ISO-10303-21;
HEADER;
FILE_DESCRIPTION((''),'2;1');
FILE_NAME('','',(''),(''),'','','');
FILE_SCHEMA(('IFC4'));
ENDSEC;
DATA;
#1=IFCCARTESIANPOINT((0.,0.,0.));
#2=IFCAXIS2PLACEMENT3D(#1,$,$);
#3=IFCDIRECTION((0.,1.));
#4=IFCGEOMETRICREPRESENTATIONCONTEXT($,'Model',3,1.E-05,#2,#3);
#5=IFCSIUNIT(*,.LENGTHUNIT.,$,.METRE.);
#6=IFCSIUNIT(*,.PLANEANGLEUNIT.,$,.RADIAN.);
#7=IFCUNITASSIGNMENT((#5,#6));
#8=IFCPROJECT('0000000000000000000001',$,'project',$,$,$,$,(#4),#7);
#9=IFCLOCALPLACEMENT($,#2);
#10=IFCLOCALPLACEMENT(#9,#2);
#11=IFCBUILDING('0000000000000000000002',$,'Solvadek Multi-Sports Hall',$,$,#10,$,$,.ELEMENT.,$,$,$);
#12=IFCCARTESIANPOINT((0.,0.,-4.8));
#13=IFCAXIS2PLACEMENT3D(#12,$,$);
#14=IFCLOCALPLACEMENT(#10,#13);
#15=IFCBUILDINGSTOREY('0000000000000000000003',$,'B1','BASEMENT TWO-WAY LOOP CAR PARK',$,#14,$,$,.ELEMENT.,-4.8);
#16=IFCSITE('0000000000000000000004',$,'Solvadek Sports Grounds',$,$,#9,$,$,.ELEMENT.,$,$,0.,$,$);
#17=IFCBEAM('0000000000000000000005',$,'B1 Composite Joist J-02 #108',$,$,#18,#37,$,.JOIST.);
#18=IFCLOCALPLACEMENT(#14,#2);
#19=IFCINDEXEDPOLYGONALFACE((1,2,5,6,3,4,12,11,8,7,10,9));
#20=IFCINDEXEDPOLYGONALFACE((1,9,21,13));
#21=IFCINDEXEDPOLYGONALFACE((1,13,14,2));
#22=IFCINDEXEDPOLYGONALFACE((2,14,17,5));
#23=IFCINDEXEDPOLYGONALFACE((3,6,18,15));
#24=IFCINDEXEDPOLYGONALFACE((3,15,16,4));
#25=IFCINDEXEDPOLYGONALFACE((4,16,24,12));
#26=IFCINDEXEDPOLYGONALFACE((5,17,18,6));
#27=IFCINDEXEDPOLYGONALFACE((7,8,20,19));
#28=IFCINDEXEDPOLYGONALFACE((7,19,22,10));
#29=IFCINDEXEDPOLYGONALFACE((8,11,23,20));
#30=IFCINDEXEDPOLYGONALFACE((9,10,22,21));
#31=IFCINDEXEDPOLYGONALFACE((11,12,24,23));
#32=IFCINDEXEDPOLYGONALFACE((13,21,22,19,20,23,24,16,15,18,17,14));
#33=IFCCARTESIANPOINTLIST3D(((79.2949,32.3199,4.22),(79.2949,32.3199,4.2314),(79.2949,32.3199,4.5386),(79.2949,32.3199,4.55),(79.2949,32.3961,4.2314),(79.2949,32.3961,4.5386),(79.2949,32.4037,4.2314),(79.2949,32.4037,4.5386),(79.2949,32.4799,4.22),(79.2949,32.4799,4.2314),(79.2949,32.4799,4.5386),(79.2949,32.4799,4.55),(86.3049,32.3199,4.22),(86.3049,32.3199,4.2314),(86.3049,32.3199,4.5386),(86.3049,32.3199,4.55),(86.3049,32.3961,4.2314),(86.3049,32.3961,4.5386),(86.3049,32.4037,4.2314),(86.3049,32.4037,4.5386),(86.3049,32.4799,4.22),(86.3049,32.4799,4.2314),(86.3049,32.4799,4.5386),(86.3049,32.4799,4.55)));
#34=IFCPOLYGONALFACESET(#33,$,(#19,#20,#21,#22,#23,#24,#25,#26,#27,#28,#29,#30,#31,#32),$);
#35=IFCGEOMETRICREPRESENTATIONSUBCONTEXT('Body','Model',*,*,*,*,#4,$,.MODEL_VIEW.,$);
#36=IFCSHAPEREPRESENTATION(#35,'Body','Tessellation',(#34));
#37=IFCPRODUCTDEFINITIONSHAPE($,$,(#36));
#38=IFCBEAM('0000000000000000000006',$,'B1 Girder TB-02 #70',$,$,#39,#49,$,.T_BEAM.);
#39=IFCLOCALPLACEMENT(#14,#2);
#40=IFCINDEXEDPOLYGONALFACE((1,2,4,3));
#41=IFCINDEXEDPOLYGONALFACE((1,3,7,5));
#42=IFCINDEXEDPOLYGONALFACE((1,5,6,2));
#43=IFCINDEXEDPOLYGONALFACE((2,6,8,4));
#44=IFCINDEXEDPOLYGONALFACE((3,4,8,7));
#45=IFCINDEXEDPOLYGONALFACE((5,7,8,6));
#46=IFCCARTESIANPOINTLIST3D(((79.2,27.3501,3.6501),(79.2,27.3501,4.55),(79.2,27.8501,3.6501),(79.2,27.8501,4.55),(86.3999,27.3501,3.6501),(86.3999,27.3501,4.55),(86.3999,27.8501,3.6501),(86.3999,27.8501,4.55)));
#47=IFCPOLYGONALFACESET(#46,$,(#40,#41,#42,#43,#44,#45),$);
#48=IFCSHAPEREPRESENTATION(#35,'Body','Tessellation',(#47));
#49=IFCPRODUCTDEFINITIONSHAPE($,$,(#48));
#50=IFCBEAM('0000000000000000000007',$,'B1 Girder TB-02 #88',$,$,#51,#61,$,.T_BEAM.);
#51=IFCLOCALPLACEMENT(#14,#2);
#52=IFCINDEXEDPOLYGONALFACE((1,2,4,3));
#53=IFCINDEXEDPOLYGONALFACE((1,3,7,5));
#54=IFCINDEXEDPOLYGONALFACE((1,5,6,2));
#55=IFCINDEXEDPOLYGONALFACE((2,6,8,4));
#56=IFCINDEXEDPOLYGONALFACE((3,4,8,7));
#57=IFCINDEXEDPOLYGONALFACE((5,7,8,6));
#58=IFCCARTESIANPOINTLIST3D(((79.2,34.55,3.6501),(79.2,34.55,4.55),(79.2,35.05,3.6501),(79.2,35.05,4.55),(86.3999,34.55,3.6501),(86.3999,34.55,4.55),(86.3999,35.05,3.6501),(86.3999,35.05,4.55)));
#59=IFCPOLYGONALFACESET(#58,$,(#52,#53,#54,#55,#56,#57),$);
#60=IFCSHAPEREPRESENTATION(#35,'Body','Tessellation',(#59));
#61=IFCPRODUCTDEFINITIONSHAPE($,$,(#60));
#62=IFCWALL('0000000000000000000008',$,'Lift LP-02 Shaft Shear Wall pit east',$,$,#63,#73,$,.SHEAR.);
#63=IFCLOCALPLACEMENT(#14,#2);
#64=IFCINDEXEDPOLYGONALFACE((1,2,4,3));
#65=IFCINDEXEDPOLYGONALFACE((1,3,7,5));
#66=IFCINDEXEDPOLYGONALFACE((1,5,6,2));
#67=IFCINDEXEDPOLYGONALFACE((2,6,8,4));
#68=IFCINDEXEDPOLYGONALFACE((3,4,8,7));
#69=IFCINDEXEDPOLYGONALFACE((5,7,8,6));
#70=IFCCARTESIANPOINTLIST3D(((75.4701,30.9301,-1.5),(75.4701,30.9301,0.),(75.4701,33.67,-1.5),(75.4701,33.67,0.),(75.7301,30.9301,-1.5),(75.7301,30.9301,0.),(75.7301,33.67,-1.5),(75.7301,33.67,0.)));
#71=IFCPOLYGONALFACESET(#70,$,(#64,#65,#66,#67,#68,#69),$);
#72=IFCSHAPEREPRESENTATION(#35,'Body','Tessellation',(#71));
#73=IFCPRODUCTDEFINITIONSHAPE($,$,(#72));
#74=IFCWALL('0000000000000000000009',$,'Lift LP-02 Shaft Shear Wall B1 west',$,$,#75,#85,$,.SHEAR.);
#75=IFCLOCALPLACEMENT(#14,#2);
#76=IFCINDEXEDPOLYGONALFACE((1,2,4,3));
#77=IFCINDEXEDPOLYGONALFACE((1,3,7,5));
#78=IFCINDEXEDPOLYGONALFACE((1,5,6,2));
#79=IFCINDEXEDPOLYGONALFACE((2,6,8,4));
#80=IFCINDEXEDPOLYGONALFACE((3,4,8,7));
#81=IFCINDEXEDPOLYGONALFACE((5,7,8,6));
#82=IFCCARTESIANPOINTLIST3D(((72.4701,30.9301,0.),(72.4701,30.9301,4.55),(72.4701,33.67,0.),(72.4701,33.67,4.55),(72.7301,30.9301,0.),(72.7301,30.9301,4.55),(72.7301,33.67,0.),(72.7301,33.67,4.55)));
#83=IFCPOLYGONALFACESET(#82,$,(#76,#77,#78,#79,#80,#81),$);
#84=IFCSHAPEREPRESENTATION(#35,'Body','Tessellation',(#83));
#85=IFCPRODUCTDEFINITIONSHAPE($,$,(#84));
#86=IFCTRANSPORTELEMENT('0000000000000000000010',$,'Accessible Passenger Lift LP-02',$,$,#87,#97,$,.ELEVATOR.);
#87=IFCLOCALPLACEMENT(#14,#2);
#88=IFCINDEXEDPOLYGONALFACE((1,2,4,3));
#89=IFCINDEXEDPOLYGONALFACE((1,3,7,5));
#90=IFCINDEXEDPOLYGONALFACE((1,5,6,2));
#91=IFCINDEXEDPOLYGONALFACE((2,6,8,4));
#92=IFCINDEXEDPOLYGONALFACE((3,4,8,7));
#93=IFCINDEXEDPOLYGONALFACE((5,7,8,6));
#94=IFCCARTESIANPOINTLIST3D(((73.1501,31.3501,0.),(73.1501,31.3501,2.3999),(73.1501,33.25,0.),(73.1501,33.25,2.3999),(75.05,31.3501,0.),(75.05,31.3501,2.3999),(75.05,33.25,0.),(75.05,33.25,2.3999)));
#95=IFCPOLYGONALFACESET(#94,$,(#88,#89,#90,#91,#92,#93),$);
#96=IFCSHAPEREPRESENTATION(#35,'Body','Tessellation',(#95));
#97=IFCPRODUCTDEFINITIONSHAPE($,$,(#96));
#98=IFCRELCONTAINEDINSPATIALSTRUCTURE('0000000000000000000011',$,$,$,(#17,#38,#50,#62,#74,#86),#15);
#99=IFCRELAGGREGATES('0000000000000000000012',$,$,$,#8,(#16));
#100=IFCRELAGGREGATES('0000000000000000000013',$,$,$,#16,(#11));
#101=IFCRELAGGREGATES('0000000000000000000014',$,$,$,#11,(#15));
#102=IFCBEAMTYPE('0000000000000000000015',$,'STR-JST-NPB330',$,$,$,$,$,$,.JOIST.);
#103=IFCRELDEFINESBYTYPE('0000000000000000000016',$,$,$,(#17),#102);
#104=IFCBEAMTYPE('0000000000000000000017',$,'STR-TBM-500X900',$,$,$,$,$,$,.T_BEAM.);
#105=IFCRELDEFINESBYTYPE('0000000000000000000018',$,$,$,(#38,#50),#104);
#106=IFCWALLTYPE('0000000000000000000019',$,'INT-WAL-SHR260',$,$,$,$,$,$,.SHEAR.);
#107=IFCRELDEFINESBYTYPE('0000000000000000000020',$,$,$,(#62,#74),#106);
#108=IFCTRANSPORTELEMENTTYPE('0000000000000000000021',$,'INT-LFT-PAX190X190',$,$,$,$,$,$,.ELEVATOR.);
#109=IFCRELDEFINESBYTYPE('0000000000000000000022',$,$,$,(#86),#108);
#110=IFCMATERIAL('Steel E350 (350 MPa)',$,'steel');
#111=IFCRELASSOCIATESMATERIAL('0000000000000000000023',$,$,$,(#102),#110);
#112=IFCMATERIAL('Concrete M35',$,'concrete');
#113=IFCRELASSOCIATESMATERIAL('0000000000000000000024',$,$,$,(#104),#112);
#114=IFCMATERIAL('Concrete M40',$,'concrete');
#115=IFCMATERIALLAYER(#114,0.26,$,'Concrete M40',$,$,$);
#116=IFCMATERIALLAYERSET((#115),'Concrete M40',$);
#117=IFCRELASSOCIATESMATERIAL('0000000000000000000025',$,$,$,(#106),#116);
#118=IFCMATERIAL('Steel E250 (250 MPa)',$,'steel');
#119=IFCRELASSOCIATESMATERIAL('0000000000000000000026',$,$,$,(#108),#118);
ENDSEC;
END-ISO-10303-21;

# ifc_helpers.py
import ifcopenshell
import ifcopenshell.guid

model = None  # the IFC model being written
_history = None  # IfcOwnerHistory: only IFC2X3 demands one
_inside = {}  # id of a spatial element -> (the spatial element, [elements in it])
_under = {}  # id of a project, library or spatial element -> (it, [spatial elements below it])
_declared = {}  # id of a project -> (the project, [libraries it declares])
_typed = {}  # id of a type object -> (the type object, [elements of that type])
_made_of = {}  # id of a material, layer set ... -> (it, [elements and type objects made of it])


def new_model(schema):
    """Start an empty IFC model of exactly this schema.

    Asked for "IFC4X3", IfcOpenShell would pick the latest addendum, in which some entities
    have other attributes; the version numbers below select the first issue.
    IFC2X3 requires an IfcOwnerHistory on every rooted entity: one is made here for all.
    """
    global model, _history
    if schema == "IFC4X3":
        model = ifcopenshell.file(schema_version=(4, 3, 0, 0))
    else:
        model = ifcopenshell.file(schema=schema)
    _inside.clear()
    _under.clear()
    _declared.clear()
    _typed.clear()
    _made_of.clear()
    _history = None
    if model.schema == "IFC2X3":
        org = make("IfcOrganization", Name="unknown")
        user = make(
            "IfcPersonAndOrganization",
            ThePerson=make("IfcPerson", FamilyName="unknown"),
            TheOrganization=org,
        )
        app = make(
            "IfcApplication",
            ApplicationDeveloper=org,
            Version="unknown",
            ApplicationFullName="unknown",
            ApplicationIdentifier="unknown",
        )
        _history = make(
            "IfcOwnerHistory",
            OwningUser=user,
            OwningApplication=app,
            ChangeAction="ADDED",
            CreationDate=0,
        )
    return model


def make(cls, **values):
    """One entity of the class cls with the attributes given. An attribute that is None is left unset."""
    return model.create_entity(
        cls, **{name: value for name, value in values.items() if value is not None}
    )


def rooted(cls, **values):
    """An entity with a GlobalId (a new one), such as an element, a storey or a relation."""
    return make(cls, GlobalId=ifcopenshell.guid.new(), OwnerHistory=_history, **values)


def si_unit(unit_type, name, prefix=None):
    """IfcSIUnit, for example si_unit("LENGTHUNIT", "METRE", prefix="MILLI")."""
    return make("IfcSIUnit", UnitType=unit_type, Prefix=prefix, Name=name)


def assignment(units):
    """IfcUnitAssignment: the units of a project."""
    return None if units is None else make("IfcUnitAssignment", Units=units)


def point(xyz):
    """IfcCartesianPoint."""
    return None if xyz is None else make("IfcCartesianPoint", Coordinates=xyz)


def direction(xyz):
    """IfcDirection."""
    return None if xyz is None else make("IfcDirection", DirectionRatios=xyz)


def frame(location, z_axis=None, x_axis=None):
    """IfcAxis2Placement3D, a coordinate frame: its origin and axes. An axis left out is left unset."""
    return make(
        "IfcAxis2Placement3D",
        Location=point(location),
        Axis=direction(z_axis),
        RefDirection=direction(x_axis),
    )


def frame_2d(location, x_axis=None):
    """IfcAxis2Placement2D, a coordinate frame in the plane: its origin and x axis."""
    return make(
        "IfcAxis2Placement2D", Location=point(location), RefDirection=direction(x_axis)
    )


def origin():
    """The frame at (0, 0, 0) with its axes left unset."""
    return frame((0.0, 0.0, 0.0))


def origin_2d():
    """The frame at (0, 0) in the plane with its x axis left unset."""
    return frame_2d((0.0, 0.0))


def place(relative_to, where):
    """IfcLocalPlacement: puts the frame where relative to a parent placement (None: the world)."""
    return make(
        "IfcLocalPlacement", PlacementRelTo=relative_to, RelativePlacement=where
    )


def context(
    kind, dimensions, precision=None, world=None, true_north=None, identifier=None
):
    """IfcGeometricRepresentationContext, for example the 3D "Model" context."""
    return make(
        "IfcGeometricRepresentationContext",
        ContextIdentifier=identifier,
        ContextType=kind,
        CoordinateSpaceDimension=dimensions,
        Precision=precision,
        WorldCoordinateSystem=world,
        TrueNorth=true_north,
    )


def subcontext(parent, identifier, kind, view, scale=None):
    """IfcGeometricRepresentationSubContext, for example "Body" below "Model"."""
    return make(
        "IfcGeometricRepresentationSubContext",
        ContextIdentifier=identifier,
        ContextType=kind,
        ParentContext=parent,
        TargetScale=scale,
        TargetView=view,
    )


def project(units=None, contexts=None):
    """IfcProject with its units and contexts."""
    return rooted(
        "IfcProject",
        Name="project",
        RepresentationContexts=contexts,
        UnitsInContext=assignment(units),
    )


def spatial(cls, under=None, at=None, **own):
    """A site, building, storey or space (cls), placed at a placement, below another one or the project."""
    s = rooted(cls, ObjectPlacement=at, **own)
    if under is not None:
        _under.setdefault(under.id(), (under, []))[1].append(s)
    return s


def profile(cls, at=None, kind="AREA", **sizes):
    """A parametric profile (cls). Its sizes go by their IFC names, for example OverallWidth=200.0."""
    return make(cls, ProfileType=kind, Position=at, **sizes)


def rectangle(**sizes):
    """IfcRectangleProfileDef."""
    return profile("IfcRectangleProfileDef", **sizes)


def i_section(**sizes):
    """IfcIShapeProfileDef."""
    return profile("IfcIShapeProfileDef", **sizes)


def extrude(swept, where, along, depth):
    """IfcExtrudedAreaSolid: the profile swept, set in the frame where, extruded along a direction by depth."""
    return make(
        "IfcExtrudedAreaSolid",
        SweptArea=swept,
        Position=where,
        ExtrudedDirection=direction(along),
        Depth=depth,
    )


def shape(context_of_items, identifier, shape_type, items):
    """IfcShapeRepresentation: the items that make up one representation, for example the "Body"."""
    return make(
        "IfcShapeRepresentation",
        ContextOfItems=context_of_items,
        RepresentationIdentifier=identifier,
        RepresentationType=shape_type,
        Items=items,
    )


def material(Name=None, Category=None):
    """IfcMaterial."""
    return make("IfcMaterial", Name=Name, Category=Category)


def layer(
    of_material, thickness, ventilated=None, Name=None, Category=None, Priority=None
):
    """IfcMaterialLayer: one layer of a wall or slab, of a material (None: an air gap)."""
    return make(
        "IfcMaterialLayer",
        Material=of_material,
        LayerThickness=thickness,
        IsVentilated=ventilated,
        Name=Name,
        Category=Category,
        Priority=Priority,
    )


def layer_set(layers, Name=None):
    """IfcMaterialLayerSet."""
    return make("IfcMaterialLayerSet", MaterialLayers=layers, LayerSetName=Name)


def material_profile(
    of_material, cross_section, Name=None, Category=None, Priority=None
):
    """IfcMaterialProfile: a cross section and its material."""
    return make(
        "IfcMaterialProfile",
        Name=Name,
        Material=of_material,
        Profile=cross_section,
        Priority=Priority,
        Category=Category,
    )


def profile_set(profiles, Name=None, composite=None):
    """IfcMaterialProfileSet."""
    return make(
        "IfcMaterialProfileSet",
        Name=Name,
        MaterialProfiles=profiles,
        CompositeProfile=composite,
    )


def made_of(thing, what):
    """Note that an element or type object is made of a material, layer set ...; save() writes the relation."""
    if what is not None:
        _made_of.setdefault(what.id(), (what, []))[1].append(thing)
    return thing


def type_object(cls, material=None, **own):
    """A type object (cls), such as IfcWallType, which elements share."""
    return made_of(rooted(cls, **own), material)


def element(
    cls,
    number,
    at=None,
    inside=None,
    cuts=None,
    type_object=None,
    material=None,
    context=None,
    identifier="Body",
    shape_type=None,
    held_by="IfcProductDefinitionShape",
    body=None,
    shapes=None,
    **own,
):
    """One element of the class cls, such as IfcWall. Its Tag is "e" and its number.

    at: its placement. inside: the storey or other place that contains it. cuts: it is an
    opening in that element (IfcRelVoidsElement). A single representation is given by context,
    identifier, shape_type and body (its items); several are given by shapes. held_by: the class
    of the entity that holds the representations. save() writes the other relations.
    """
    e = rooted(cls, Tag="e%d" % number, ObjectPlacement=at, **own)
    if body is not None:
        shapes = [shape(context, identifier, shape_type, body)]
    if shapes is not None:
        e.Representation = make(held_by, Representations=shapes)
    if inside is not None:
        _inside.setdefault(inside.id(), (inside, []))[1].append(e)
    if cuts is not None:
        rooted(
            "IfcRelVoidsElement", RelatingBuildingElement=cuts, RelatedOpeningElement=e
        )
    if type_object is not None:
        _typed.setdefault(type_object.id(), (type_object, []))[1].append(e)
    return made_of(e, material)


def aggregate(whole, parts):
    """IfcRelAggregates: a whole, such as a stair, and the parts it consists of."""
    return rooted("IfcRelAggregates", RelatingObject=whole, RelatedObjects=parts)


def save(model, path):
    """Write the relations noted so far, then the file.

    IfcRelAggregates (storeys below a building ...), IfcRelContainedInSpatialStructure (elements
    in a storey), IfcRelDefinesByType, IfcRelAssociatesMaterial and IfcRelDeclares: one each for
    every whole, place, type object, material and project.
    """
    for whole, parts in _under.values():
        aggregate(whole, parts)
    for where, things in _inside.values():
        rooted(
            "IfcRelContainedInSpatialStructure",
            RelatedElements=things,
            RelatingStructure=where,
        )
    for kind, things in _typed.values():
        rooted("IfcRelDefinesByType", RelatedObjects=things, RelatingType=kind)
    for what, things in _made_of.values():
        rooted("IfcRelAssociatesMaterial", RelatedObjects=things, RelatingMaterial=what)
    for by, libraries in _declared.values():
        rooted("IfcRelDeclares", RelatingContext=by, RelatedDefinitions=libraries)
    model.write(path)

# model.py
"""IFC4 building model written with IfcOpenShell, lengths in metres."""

from ifc_helpers import new_model, si_unit, direction, frame, frame_2d, origin, origin_2d, place, context, subcontext, project, spatial, rectangle, i_section, extrude, material, layer, layer_set, material_profile, profile_set, type_object, element, save


model = new_model("IFC4")

# Units and contexts
model_context = context("Model", 3, precision=1e-05, world=origin(), true_north=direction((0.0, 1.0)))
body_context = subcontext(model_context, "Body", "Model", "MODEL_VIEW")
ifc_project = project(units=[si_unit("LENGTHUNIT", "METRE"), si_unit("PLANEANGLEUNIT", "RADIAN")], contexts=[model_context])

# Site, building, storey
site_placement = place(None, origin())
site = spatial("IfcSite", under=ifc_project, at=site_placement, Name="Solvadek Sports Grounds", CompositionType="ELEMENT", RefElevation=0.0)
building_placement = place(site_placement, origin())
building = spatial("IfcBuilding", under=site, at=building_placement, Name="Solvadek Multi-Sports Hall", CompositionType="ELEMENT")
storey_placement = place(building_placement, frame((0.0, 0.0, -4.8)))
storey = spatial("IfcBuildingStorey", under=building, at=storey_placement, Name="B1", Description="BASEMENT TWO-WAY LOOP CAR PARK", CompositionType="ELEMENT", Elevation=-4.8)

# Shared definitions
ifc_material_1 = material(Name="Concrete M40", Category="concrete")

# Shared definitions
ifc_material_2 = material(Name="Concrete M35", Category="concrete")

# Beams
ifc_material_3 = material(Name="Steel E350 (350 MPa)", Category="steel")
ifc_material_profile_1 = material_profile(ifc_material_3, i_section(OverallWidth=0.1599, OverallDepth=0.3301, WebThickness=0.0076, FlangeThickness=0.0115, at=origin_2d()), Name="NPB 330")
ifc_profile_set_1 = profile_set([ifc_material_profile_1], Name="Steel E350 (350 MPa)")
beam_type_1 = type_object("IfcBeamType", Name="STR-JST-NPB330", PredefinedType="JOIST", material=ifc_profile_set_1)
for number, where, z_axis, x_axis, name in (
    (1, (79.2949, 32.3999, 4.385), (1.0, 0.0, 0.0), (0.0, 1.0, 0.0), "B1 Composite Joist J-02 #108"),
):
    element("IfcBeam", number, at=place(storey_placement, frame(where, z_axis=z_axis, x_axis=x_axis)), inside=storey, type_object=beam_type_1, Name=name, PredefinedType="JOIST", context=body_context, shape_type="SweptSolid", body=[
        extrude(i_section(OverallWidth=0.1599, OverallDepth=0.3301, WebThickness=0.0076, FlangeThickness=0.0115, at=origin_2d()), origin(), (0.0, 0.0, 1.0), 7.01),
    ])
ifc_material_profile_2 = material_profile(ifc_material_2, rectangle(XDim=0.5, YDim=0.8999, at=origin_2d()), Name="RC T-BEAM 500x900")
ifc_profile_set_2 = profile_set([ifc_material_profile_2], Name="Concrete M35")
beam_type_2 = type_object("IfcBeamType", Name="STR-TBM-500X900", PredefinedType="T_BEAM", material=ifc_profile_set_2)
for number, where, z_axis, x_axis, name in (
    (2, (79.2, 27.6001, 4.1001), (1.0, 0.0, 0.0), (0.0, 1.0, 0.0), "B1 Girder TB-02 #70"),
    (3, (79.2, 34.8, 4.1001), (1.0, 0.0, 0.0), (0.0, 1.0, 0.0), "B1 Girder TB-02 #88"),
):
    element("IfcBeam", number, at=place(storey_placement, frame(where, z_axis=z_axis, x_axis=x_axis)), inside=storey, type_object=beam_type_2, Name=name, PredefinedType="T_BEAM", context=body_context, shape_type="SweptSolid", body=[
        extrude(rectangle(XDim=0.5, YDim=0.8999, at=origin_2d()), origin(), (0.0, 0.0, 1.0), 7.2),
    ])

# Walls
ifc_layer = layer(ifc_material_1, 0.26, Name="Concrete M40")
ifc_layer_set = layer_set([ifc_layer], Name="Concrete M40")
wall_type = type_object("IfcWallType", Name="INT-WAL-SHR260", PredefinedType="SHEAR", material=ifc_layer_set)
wall_1_placement = place(storey_placement, frame((75.6001, 30.9299, -1.5), z_axis=(0.0, 0.0, 1.0), x_axis=(0.0, 1.0, 0.0)))
element("IfcWall", 4, at=wall_1_placement, inside=storey, type_object=wall_type, Name="Lift LP-02 Shaft Shear Wall pit east", PredefinedType="SHEAR", context=body_context, shape_type="SweptSolid", body=[
    extrude(rectangle(XDim=2.74, YDim=0.26, at=frame_2d((1.3701, 0.0))), origin(), (0.0, 0.0, 1.0), 1.5),
])
wall_2_placement = place(storey_placement, frame((72.6001, 30.9299, 0.0), z_axis=(0.0, 0.0, 1.0), x_axis=(0.0, 1.0, 0.0)))
element("IfcWall", 5, at=wall_2_placement, inside=storey, type_object=wall_type, Name="Lift LP-02 Shaft Shear Wall B1 west", PredefinedType="SHEAR", context=body_context, shape_type="SweptSolid", body=[
    extrude(rectangle(XDim=2.74, YDim=0.26, at=frame_2d((1.3701, 0.0))), origin(), (0.0, 0.0, 1.0), 4.55),
])

# Transport element
ifc_material_4 = material(Name="Steel E250 (250 MPa)", Category="steel")
transport_element_type = type_object("IfcTransportElementType", Name="INT-LFT-PAX190X190", PredefinedType="ELEVATOR", material=ifc_material_4)
transport_element_placement = place(storey_placement, frame((74.1001, 32.3, 0.0), z_axis=(0.0, 0.0, 1.0), x_axis=(1.0, 0.0, 0.0)))
element("IfcTransportElement", 6, at=transport_element_placement, inside=storey, type_object=transport_element_type, Name="Accessible Passenger Lift LP-02", PredefinedType="ELEVATOR", context=body_context, shape_type="SweptSolid", body=[
    extrude(rectangle(XDim=1.8999, YDim=1.8999, at=origin_2d()), origin(), (0.0, 0.0, 1.0), 2.3999),
])

save(model, "model.ifc")
